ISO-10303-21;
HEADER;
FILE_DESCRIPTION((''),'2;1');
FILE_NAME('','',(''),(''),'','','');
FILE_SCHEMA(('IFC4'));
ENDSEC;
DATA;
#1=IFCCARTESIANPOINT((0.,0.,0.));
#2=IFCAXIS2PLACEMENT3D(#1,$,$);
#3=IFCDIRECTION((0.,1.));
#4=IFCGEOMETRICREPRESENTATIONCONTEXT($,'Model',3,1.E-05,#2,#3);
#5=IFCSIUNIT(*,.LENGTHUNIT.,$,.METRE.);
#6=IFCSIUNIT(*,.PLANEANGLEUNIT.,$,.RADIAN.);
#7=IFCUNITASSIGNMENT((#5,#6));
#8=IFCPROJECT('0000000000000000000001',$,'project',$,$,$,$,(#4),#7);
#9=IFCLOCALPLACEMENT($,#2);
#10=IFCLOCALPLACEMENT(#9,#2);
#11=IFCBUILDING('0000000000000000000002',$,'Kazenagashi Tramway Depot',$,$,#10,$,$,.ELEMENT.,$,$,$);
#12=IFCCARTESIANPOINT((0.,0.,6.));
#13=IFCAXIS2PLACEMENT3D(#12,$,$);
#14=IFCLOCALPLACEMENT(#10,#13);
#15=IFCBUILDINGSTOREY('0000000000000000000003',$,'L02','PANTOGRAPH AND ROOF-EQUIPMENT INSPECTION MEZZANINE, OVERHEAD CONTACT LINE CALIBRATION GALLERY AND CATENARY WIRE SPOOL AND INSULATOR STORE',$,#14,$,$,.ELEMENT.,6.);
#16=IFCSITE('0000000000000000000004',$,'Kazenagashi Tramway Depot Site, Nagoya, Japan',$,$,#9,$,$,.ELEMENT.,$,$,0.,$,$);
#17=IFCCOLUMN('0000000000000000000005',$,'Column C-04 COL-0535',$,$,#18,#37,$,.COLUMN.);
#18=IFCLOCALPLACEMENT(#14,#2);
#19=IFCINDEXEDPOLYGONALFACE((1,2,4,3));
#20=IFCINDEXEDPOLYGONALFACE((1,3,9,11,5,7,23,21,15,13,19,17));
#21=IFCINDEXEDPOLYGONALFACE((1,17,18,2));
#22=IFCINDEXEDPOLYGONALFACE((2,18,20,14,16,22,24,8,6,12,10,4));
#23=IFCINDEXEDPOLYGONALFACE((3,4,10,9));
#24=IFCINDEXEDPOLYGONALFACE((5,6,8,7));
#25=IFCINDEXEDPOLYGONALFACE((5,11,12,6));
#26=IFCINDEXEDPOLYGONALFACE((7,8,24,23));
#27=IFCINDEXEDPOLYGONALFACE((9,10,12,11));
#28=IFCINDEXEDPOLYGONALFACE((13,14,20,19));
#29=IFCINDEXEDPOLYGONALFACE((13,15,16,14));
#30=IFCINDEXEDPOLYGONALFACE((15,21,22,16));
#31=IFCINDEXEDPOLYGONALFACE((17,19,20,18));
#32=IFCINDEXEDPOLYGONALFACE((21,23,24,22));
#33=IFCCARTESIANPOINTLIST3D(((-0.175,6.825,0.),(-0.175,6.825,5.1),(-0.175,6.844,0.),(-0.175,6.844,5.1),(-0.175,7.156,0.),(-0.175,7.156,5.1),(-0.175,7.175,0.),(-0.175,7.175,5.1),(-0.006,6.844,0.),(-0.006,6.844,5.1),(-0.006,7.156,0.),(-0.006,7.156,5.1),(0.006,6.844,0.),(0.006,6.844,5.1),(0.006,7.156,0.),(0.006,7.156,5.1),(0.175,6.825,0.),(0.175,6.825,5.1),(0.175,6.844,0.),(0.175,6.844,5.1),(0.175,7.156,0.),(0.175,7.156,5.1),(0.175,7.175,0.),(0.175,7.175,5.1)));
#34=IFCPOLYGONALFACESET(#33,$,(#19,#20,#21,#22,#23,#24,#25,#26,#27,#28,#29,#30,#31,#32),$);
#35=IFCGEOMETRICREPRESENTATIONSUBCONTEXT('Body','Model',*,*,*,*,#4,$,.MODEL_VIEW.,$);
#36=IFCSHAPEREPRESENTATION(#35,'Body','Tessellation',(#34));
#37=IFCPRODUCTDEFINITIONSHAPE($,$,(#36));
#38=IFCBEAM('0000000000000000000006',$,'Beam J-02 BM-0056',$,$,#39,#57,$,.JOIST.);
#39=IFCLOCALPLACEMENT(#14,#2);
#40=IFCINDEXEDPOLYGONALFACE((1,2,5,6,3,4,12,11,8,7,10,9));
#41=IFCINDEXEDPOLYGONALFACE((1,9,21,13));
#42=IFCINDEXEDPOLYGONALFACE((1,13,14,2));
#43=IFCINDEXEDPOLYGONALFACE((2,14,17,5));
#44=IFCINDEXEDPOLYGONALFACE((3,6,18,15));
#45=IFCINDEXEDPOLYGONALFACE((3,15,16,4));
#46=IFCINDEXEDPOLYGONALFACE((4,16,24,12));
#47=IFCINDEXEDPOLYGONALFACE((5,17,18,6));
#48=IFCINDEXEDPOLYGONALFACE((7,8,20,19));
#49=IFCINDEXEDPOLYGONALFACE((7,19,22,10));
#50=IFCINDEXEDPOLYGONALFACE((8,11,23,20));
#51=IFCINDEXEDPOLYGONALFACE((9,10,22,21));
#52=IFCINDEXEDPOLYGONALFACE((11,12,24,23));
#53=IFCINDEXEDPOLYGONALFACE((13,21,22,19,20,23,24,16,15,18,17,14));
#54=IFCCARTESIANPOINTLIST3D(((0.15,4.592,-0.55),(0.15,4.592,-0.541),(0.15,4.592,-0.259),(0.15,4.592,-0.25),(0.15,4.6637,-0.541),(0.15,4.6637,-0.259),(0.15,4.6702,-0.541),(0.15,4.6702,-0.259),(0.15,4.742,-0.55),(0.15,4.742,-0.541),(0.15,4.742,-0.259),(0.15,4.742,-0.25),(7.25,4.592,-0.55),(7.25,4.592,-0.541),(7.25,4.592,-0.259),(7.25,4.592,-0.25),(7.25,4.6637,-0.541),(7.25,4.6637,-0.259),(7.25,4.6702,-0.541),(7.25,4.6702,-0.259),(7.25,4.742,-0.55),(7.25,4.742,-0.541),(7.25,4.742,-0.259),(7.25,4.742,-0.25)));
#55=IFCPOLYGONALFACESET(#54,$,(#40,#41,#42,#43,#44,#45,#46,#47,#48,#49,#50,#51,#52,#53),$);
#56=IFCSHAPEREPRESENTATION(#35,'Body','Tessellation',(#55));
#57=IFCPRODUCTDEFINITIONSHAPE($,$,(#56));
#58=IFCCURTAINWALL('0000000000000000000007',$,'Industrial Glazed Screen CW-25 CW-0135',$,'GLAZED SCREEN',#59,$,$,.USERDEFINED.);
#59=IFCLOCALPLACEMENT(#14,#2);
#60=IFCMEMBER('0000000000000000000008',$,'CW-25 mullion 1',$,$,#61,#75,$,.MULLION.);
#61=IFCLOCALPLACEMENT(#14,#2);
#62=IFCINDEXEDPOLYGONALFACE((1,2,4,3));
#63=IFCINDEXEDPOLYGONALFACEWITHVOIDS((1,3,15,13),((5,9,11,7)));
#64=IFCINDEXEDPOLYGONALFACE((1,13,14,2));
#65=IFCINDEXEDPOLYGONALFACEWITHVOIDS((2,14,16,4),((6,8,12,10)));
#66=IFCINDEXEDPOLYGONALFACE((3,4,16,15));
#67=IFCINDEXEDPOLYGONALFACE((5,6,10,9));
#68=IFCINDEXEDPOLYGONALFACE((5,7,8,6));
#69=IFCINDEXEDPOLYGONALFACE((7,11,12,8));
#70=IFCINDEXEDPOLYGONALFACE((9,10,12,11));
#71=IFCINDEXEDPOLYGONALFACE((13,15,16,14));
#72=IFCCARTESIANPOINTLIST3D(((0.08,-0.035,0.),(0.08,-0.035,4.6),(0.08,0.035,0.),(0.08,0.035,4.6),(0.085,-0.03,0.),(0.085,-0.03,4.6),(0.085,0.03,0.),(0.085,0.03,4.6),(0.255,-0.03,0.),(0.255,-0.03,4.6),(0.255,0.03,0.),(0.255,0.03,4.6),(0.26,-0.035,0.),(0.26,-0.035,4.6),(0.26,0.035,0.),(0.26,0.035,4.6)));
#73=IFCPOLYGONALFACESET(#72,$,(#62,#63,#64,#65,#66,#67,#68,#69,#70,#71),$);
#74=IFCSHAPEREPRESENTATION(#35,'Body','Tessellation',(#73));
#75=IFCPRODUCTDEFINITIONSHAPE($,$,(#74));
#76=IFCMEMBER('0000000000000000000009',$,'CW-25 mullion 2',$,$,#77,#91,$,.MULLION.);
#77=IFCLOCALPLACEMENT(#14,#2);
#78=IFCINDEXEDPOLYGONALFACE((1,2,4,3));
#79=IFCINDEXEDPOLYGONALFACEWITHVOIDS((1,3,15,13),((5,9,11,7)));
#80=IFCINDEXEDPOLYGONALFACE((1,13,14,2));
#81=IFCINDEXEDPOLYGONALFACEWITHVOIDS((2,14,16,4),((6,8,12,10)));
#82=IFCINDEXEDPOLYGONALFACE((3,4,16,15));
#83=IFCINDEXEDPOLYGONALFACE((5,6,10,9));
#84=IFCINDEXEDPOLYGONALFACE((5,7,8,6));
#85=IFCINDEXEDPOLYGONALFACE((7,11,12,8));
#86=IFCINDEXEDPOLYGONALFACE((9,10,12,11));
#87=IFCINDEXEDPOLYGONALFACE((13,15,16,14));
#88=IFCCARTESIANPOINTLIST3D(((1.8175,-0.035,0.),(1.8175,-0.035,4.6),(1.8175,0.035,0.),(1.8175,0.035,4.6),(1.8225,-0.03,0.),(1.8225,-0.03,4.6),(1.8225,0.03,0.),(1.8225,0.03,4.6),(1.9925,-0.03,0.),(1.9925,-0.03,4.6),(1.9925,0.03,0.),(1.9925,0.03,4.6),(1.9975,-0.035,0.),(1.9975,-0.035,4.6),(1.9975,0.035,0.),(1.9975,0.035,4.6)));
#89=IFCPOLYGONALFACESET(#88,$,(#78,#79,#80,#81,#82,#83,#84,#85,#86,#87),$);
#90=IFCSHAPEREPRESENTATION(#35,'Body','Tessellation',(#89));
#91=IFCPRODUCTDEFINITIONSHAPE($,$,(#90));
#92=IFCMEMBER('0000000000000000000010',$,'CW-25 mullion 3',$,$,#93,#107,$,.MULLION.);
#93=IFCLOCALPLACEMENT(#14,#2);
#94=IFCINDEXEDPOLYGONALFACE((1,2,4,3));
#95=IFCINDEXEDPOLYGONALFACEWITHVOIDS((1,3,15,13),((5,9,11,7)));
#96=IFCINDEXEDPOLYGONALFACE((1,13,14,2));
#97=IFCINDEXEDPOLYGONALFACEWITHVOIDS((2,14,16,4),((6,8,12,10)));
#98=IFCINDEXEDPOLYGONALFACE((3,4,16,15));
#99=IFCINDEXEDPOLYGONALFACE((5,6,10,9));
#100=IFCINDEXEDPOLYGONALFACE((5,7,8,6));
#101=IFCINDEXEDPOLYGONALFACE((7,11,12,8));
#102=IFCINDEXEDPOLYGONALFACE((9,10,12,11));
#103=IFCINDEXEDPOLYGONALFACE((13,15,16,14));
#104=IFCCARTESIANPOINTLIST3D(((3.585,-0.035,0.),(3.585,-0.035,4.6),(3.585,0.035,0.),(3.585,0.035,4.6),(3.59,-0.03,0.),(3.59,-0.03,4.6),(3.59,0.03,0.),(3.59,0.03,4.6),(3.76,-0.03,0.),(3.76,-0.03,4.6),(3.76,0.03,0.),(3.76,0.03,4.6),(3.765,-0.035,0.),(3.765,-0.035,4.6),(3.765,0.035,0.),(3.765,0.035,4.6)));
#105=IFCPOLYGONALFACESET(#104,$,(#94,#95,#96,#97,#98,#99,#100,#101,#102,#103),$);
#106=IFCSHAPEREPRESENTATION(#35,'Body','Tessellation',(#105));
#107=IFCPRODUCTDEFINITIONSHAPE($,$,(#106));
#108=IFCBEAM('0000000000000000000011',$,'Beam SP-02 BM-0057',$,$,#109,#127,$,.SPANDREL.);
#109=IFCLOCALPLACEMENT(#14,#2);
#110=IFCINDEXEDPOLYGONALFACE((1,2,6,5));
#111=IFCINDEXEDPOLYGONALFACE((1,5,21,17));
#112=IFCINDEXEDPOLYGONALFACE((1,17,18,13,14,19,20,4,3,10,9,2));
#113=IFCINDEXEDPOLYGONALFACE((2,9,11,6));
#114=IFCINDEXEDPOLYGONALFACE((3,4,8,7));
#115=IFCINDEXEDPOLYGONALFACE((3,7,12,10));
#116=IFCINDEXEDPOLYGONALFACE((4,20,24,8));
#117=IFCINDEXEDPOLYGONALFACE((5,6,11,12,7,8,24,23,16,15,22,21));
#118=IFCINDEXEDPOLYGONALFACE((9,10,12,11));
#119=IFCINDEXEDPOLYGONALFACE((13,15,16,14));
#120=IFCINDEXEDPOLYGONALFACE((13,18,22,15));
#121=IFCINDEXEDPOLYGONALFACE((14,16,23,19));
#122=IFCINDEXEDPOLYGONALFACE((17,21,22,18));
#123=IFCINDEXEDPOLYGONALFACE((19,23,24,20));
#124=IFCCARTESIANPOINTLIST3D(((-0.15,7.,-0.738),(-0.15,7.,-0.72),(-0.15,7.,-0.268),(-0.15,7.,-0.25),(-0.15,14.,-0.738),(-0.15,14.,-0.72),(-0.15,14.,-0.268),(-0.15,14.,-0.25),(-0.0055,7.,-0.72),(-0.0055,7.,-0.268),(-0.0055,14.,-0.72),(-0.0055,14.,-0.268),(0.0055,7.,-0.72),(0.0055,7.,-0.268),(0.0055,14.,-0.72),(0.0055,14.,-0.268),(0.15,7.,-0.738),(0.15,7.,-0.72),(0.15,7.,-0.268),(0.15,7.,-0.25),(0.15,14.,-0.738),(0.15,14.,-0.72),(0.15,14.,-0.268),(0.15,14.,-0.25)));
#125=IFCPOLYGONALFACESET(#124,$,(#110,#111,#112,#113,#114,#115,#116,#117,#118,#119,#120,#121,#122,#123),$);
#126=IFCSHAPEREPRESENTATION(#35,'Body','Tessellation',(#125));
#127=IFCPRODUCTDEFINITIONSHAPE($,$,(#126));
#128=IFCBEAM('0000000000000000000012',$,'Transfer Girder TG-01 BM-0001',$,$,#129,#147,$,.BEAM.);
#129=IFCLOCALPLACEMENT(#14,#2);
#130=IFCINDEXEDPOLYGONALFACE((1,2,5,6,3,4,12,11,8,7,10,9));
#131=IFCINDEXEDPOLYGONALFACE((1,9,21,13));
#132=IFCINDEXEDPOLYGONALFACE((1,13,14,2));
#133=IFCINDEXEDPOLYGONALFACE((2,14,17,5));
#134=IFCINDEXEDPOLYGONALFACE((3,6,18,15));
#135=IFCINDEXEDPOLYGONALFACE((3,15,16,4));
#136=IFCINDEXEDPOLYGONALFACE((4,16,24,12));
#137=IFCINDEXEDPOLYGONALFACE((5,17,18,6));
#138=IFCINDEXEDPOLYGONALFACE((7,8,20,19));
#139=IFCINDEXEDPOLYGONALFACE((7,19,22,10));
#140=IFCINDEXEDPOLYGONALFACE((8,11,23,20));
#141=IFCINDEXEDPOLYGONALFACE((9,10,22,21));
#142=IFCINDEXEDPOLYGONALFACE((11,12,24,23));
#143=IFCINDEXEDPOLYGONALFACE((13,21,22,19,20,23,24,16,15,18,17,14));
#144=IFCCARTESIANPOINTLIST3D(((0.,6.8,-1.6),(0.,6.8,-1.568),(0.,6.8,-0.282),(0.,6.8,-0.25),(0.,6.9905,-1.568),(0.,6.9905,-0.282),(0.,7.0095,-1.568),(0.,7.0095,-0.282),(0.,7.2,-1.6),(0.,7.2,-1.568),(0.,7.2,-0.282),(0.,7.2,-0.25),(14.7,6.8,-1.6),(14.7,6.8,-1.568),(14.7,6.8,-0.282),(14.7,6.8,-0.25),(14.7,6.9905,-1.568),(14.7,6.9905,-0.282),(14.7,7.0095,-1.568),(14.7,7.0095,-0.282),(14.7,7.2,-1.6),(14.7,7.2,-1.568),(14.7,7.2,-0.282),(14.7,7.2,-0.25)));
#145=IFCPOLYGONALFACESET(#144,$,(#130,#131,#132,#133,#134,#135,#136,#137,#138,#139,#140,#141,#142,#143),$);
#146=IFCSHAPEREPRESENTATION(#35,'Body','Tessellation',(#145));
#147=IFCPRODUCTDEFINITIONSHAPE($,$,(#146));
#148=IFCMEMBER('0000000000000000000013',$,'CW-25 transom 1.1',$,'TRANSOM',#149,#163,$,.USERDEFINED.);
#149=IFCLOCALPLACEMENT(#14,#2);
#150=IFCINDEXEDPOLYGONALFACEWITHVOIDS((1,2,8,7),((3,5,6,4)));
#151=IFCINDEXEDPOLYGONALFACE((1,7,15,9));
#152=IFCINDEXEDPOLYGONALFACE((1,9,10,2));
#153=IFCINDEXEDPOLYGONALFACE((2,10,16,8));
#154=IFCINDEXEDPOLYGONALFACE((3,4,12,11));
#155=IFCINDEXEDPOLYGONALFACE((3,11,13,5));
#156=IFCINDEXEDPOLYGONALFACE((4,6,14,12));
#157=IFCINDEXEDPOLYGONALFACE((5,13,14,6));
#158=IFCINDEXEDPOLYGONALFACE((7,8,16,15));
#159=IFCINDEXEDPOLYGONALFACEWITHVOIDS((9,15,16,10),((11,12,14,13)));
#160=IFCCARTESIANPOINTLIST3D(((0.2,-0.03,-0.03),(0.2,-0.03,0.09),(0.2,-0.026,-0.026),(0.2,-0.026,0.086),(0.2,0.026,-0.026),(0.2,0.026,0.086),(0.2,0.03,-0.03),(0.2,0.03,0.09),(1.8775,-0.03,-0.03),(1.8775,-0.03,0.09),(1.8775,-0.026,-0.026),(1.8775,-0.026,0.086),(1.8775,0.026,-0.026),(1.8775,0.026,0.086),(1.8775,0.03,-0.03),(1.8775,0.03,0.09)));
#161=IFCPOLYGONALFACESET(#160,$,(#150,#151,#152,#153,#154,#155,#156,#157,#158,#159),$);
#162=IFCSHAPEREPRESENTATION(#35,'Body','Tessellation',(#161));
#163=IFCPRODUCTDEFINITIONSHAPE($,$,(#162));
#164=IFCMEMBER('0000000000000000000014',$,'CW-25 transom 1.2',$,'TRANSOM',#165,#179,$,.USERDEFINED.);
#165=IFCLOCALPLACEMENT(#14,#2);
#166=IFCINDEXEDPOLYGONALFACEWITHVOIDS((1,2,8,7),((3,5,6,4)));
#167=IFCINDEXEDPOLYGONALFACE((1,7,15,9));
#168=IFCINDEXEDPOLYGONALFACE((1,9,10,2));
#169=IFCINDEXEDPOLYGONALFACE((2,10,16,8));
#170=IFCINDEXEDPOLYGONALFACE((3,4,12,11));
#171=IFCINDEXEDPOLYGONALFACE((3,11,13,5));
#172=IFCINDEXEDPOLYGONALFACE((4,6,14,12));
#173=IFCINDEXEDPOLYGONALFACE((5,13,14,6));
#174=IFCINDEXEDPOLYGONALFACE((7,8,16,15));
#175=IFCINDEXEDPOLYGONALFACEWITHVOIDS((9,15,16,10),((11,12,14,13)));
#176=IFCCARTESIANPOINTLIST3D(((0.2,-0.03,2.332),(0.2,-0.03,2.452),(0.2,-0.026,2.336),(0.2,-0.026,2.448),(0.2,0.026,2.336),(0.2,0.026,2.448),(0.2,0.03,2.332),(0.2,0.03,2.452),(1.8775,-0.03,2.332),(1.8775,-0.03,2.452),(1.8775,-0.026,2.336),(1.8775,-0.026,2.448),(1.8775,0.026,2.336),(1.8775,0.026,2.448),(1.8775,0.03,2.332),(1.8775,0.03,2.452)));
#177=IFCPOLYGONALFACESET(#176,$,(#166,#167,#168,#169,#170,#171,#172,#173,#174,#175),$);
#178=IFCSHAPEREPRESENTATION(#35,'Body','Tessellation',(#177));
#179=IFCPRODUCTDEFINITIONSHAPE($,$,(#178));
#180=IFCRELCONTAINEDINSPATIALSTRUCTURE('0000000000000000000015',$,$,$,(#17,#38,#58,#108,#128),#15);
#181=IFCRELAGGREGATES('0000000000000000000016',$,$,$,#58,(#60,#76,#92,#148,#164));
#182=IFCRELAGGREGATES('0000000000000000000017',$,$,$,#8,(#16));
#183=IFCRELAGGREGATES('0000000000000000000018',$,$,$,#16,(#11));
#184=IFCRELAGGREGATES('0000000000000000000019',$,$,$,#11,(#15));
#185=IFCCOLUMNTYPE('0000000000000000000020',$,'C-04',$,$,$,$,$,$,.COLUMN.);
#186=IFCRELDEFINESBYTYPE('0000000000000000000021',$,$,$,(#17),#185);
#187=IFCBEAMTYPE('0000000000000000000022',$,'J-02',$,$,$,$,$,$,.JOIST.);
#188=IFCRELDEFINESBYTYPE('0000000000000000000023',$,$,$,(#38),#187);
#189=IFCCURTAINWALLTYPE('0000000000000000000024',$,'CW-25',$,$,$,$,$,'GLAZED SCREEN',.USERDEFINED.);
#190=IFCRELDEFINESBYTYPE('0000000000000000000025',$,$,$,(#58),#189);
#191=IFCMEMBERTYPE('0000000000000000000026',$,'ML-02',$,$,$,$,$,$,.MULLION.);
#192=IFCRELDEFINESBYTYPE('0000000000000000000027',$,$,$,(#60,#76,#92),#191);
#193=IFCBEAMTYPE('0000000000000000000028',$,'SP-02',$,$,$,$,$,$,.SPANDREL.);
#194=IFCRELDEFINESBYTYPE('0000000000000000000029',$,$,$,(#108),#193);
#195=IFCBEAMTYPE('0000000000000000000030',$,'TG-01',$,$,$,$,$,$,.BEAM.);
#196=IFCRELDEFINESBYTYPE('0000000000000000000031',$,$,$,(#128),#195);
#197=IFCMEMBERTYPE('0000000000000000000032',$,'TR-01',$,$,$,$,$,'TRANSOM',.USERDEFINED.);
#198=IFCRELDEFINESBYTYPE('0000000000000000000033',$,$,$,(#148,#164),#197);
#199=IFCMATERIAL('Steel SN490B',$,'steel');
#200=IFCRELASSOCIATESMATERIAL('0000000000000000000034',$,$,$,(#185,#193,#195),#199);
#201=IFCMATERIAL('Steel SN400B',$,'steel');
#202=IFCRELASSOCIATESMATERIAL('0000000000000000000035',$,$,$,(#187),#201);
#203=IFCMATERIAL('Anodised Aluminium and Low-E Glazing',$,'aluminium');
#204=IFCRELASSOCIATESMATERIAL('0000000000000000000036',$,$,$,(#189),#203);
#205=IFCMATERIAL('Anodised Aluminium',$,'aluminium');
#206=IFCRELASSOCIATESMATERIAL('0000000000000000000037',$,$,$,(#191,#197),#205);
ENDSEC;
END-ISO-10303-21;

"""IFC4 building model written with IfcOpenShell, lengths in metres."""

from ifc_helpers import new_model, si_unit, direction, frame, origin, origin_2d, place, context, subcontext, project, spatial, hollow_rectangle, i_section, extrude, material, material_profile, profile_set, type_object, element, aggregate, save


model = new_model("IFC4")

# Units and contexts
model_context = context("Model", 3, precision=1e-05, world=origin(), true_north=direction((0.0, 1.0)))
body_context = subcontext(model_context, "Body", "Model", "MODEL_VIEW")
ifc_project = project(units=[si_unit("LENGTHUNIT", "METRE"), si_unit("PLANEANGLEUNIT", "RADIAN")], contexts=[model_context])

# Site, building, storey
site_placement = place(None, origin())
site = spatial("IfcSite", under=ifc_project, at=site_placement, Name="Kazenagashi Tramway Depot Site, Nagoya, Japan", CompositionType="ELEMENT", RefElevation=0.0)
building_placement = place(site_placement, origin())
building = spatial("IfcBuilding", under=site, at=building_placement, Name="Kazenagashi Tramway Depot", CompositionType="ELEMENT")
storey_placement = place(building_placement, frame((0.0, 0.0, 6.0)))
storey = spatial("IfcBuildingStorey", under=building, at=storey_placement, Name="L02", Description="PANTOGRAPH AND ROOF-EQUIPMENT INSPECTION MEZZANINE, OVERHEAD CONTACT LINE CALIBRATION GALLERY AND CATENARY WIRE SPOOL AND INSULATOR STORE", CompositionType="ELEMENT", Elevation=6.0)

# Column
ifc_material_1 = material(Name="Steel SN490B", Category="steel")
ifc_material_profile_1 = material_profile(ifc_material_1, i_section(OverallWidth=0.35, OverallDepth=0.35, WebThickness=0.012, FlangeThickness=0.019, at=origin_2d()), Name="H-350x350x12x19")
ifc_profile_set_1 = profile_set([ifc_material_profile_1], Name="Steel SN490B")
column_type = type_object("IfcColumnType", Name="C-04", PredefinedType="COLUMN", material=ifc_profile_set_1)
column_placement = place(storey_placement, frame((0.0, 7.0, 0.0), z_axis=(0.0, 0.0, 1.0), x_axis=(1.0, 0.0, 0.0)))
element("IfcColumn", 1, at=column_placement, inside=storey, type_object=column_type, Name="Column C-04 COL-0535", PredefinedType="COLUMN", context=body_context, shape_type="SweptSolid", body=[
    extrude(i_section(OverallWidth=0.35, OverallDepth=0.35, WebThickness=0.012, FlangeThickness=0.019, at=origin_2d()), origin(), (0.0, 0.0, 1.0), 5.1),
])

# Beam
ifc_material_2 = material(Name="Steel SN400B", Category="steel")
ifc_material_profile_2 = material_profile(ifc_material_2, i_section(OverallWidth=0.15, OverallDepth=0.3, WebThickness=0.0065, FlangeThickness=0.009, at=origin_2d()), Name="H-300x150x6.5x9")
ifc_profile_set_2 = profile_set([ifc_material_profile_2], Name="Steel SN400B")
beam_type_1 = type_object("IfcBeamType", Name="J-02", PredefinedType="JOIST", material=ifc_profile_set_2)
beam_1_placement = place(storey_placement, frame((0.15, 4.667, -0.4), z_axis=(1.0, 0.0, 0.0), x_axis=(0.0, 1.0, 0.0)))
element("IfcBeam", 2, at=beam_1_placement, inside=storey, type_object=beam_type_1, Name="Beam J-02 BM-0056", PredefinedType="JOIST", context=body_context, shape_type="SweptSolid", body=[
    extrude(i_section(OverallWidth=0.15, OverallDepth=0.3, WebThickness=0.0065, FlangeThickness=0.009, at=origin_2d()), origin(), (0.0, 0.0, 1.0), 7.1),
])

# Curtain wall, members
ifc_material_3 = material(Name="Anodised Aluminium and Low-E Glazing", Category="aluminium")
curtain_wall_type = type_object("IfcCurtainWallType", Name="CW-25", ElementType="GLAZED SCREEN", PredefinedType="USERDEFINED", material=ifc_material_3)
curtain_wall_placement = place(storey_placement, origin())
curtain_wall = element("IfcCurtainWall", 3, at=curtain_wall_placement, inside=storey, type_object=curtain_wall_type, Name="Industrial Glazed Screen CW-25 CW-0135", ObjectType="GLAZED SCREEN", PredefinedType="USERDEFINED")
ifc_material_4 = material(Name="Anodised Aluminium", Category="aluminium")
ifc_material_profile_3 = material_profile(ifc_material_4, hollow_rectangle(XDim=0.07, YDim=0.18, WallThickness=0.005, at=origin_2d()), Name="RHS-180x70x5")
ifc_profile_set_3 = profile_set([ifc_material_profile_3], Name="Anodised Aluminium")
member_type_1 = type_object("IfcMemberType", Name="ML-02", PredefinedType="MULLION", material=ifc_profile_set_3)
member_1_placement = place(storey_placement, frame((0.17, 0.0, 0.0), z_axis=(0.0, 0.0, 1.0), x_axis=(0.0, 1.0, 0.0)))
member_1 = element("IfcMember", 4, at=member_1_placement, type_object=member_type_1, Name="CW-25 mullion 1", PredefinedType="MULLION", context=body_context, shape_type="SweptSolid", body=[
    extrude(hollow_rectangle(XDim=0.07, YDim=0.18, WallThickness=0.005, at=origin_2d()), origin(), (0.0, 0.0, 1.0), 4.6),
])
member_2_placement = place(storey_placement, frame((1.9075, 0.0, 0.0), z_axis=(0.0, 0.0, 1.0), x_axis=(0.0, 1.0, 0.0)))
member_2 = element("IfcMember", 5, at=member_2_placement, type_object=member_type_1, Name="CW-25 mullion 2", PredefinedType="MULLION", context=body_context, shape_type="SweptSolid", body=[
    extrude(hollow_rectangle(XDim=0.07, YDim=0.18, WallThickness=0.005, at=origin_2d()), origin(), (0.0, 0.0, 1.0), 4.6),
])
member_3_placement = place(storey_placement, frame((3.675, 0.0, 0.0), z_axis=(0.0, 0.0, 1.0), x_axis=(0.0, 1.0, 0.0)))
member_3 = element("IfcMember", 6, at=member_3_placement, type_object=member_type_1, Name="CW-25 mullion 3", PredefinedType="MULLION", context=body_context, shape_type="SweptSolid", body=[
    extrude(hollow_rectangle(XDim=0.07, YDim=0.18, WallThickness=0.005, at=origin_2d()), origin(), (0.0, 0.0, 1.0), 4.6),
])

# Beams
ifc_material_profile_4 = material_profile(ifc_material_1, i_section(OverallWidth=0.3, OverallDepth=0.488, WebThickness=0.011, FlangeThickness=0.018, at=origin_2d()), Name="H-488x300x11x18")
ifc_profile_set_4 = profile_set([ifc_material_profile_4], Name="Steel SN490B")
beam_type_2 = type_object("IfcBeamType", Name="SP-02", PredefinedType="SPANDREL", material=ifc_profile_set_4)
beam_2_placement = place(storey_placement, frame((0.0, 7.0, -0.494), z_axis=(0.0, 1.0, 0.0), x_axis=(-1.0, 0.0, 0.0)))
element("IfcBeam", 7, at=beam_2_placement, inside=storey, type_object=beam_type_2, Name="Beam SP-02 BM-0057", PredefinedType="SPANDREL", context=body_context, shape_type="SweptSolid", body=[
    extrude(i_section(OverallWidth=0.3, OverallDepth=0.488, WebThickness=0.011, FlangeThickness=0.018, at=origin_2d()), origin(), (0.0, 0.0, 1.0), 7.0),
])
ifc_material_profile_5 = material_profile(ifc_material_1, i_section(OverallWidth=0.4, OverallDepth=1.35, WebThickness=0.019, FlangeThickness=0.032, at=origin_2d()), Name="BH-1350x400x19x32")
ifc_profile_set_5 = profile_set([ifc_material_profile_5], Name="Steel SN490B")
beam_type_3 = type_object("IfcBeamType", Name="TG-01", PredefinedType="BEAM", material=ifc_profile_set_5)
beam_3_placement = place(storey_placement, frame((0.0, 7.0, -0.925), z_axis=(1.0, 0.0, 0.0), x_axis=(0.0, 1.0, 0.0)))
element("IfcBeam", 8, at=beam_3_placement, inside=storey, type_object=beam_type_3, Name="Transfer Girder TG-01 BM-0001", PredefinedType="BEAM", context=body_context, shape_type="SweptSolid", body=[
    extrude(i_section(OverallWidth=0.4, OverallDepth=1.35, WebThickness=0.019, FlangeThickness=0.032, at=origin_2d()), origin(), (0.0, 0.0, 1.0), 14.7),
])

# Members
ifc_material_profile_6 = material_profile(ifc_material_4, hollow_rectangle(XDim=0.06, YDim=0.12, WallThickness=0.004, at=origin_2d()), Name="RHS-120x60x4")
ifc_profile_set_6 = profile_set([ifc_material_profile_6], Name="Anodised Aluminium")
member_type_2 = type_object("IfcMemberType", Name="TR-01", ElementType="TRANSOM", PredefinedType="USERDEFINED", material=ifc_profile_set_6)
member_4_placement = place(storey_placement, frame((0.2, 0.0, 0.03), z_axis=(1.0, 0.0, 0.0), x_axis=(0.0, 1.0, 0.0)))
member_4 = element("IfcMember", 9, at=member_4_placement, type_object=member_type_2, Name="CW-25 transom 1.1", ObjectType="TRANSOM", PredefinedType="USERDEFINED", context=body_context, shape_type="SweptSolid", body=[
    extrude(hollow_rectangle(XDim=0.06, YDim=0.12, WallThickness=0.004, at=origin_2d()), origin(), (0.0, 0.0, 1.0), 1.6775),
])
member_5_placement = place(storey_placement, frame((0.2, 0.0, 2.392), z_axis=(1.0, 0.0, 0.0), x_axis=(0.0, 1.0, 0.0)))
member_5 = element("IfcMember", 10, at=member_5_placement, type_object=member_type_2, Name="CW-25 transom 1.2", ObjectType="TRANSOM", PredefinedType="USERDEFINED", context=body_context, shape_type="SweptSolid", body=[
    extrude(hollow_rectangle(XDim=0.06, YDim=0.12, WallThickness=0.004, at=origin_2d()), origin(), (0.0, 0.0, 1.0), 1.6775),
])

aggregate(curtain_wall, [member_1, member_2, member_3, member_4, member_5])

save(model, "model.ifc")
